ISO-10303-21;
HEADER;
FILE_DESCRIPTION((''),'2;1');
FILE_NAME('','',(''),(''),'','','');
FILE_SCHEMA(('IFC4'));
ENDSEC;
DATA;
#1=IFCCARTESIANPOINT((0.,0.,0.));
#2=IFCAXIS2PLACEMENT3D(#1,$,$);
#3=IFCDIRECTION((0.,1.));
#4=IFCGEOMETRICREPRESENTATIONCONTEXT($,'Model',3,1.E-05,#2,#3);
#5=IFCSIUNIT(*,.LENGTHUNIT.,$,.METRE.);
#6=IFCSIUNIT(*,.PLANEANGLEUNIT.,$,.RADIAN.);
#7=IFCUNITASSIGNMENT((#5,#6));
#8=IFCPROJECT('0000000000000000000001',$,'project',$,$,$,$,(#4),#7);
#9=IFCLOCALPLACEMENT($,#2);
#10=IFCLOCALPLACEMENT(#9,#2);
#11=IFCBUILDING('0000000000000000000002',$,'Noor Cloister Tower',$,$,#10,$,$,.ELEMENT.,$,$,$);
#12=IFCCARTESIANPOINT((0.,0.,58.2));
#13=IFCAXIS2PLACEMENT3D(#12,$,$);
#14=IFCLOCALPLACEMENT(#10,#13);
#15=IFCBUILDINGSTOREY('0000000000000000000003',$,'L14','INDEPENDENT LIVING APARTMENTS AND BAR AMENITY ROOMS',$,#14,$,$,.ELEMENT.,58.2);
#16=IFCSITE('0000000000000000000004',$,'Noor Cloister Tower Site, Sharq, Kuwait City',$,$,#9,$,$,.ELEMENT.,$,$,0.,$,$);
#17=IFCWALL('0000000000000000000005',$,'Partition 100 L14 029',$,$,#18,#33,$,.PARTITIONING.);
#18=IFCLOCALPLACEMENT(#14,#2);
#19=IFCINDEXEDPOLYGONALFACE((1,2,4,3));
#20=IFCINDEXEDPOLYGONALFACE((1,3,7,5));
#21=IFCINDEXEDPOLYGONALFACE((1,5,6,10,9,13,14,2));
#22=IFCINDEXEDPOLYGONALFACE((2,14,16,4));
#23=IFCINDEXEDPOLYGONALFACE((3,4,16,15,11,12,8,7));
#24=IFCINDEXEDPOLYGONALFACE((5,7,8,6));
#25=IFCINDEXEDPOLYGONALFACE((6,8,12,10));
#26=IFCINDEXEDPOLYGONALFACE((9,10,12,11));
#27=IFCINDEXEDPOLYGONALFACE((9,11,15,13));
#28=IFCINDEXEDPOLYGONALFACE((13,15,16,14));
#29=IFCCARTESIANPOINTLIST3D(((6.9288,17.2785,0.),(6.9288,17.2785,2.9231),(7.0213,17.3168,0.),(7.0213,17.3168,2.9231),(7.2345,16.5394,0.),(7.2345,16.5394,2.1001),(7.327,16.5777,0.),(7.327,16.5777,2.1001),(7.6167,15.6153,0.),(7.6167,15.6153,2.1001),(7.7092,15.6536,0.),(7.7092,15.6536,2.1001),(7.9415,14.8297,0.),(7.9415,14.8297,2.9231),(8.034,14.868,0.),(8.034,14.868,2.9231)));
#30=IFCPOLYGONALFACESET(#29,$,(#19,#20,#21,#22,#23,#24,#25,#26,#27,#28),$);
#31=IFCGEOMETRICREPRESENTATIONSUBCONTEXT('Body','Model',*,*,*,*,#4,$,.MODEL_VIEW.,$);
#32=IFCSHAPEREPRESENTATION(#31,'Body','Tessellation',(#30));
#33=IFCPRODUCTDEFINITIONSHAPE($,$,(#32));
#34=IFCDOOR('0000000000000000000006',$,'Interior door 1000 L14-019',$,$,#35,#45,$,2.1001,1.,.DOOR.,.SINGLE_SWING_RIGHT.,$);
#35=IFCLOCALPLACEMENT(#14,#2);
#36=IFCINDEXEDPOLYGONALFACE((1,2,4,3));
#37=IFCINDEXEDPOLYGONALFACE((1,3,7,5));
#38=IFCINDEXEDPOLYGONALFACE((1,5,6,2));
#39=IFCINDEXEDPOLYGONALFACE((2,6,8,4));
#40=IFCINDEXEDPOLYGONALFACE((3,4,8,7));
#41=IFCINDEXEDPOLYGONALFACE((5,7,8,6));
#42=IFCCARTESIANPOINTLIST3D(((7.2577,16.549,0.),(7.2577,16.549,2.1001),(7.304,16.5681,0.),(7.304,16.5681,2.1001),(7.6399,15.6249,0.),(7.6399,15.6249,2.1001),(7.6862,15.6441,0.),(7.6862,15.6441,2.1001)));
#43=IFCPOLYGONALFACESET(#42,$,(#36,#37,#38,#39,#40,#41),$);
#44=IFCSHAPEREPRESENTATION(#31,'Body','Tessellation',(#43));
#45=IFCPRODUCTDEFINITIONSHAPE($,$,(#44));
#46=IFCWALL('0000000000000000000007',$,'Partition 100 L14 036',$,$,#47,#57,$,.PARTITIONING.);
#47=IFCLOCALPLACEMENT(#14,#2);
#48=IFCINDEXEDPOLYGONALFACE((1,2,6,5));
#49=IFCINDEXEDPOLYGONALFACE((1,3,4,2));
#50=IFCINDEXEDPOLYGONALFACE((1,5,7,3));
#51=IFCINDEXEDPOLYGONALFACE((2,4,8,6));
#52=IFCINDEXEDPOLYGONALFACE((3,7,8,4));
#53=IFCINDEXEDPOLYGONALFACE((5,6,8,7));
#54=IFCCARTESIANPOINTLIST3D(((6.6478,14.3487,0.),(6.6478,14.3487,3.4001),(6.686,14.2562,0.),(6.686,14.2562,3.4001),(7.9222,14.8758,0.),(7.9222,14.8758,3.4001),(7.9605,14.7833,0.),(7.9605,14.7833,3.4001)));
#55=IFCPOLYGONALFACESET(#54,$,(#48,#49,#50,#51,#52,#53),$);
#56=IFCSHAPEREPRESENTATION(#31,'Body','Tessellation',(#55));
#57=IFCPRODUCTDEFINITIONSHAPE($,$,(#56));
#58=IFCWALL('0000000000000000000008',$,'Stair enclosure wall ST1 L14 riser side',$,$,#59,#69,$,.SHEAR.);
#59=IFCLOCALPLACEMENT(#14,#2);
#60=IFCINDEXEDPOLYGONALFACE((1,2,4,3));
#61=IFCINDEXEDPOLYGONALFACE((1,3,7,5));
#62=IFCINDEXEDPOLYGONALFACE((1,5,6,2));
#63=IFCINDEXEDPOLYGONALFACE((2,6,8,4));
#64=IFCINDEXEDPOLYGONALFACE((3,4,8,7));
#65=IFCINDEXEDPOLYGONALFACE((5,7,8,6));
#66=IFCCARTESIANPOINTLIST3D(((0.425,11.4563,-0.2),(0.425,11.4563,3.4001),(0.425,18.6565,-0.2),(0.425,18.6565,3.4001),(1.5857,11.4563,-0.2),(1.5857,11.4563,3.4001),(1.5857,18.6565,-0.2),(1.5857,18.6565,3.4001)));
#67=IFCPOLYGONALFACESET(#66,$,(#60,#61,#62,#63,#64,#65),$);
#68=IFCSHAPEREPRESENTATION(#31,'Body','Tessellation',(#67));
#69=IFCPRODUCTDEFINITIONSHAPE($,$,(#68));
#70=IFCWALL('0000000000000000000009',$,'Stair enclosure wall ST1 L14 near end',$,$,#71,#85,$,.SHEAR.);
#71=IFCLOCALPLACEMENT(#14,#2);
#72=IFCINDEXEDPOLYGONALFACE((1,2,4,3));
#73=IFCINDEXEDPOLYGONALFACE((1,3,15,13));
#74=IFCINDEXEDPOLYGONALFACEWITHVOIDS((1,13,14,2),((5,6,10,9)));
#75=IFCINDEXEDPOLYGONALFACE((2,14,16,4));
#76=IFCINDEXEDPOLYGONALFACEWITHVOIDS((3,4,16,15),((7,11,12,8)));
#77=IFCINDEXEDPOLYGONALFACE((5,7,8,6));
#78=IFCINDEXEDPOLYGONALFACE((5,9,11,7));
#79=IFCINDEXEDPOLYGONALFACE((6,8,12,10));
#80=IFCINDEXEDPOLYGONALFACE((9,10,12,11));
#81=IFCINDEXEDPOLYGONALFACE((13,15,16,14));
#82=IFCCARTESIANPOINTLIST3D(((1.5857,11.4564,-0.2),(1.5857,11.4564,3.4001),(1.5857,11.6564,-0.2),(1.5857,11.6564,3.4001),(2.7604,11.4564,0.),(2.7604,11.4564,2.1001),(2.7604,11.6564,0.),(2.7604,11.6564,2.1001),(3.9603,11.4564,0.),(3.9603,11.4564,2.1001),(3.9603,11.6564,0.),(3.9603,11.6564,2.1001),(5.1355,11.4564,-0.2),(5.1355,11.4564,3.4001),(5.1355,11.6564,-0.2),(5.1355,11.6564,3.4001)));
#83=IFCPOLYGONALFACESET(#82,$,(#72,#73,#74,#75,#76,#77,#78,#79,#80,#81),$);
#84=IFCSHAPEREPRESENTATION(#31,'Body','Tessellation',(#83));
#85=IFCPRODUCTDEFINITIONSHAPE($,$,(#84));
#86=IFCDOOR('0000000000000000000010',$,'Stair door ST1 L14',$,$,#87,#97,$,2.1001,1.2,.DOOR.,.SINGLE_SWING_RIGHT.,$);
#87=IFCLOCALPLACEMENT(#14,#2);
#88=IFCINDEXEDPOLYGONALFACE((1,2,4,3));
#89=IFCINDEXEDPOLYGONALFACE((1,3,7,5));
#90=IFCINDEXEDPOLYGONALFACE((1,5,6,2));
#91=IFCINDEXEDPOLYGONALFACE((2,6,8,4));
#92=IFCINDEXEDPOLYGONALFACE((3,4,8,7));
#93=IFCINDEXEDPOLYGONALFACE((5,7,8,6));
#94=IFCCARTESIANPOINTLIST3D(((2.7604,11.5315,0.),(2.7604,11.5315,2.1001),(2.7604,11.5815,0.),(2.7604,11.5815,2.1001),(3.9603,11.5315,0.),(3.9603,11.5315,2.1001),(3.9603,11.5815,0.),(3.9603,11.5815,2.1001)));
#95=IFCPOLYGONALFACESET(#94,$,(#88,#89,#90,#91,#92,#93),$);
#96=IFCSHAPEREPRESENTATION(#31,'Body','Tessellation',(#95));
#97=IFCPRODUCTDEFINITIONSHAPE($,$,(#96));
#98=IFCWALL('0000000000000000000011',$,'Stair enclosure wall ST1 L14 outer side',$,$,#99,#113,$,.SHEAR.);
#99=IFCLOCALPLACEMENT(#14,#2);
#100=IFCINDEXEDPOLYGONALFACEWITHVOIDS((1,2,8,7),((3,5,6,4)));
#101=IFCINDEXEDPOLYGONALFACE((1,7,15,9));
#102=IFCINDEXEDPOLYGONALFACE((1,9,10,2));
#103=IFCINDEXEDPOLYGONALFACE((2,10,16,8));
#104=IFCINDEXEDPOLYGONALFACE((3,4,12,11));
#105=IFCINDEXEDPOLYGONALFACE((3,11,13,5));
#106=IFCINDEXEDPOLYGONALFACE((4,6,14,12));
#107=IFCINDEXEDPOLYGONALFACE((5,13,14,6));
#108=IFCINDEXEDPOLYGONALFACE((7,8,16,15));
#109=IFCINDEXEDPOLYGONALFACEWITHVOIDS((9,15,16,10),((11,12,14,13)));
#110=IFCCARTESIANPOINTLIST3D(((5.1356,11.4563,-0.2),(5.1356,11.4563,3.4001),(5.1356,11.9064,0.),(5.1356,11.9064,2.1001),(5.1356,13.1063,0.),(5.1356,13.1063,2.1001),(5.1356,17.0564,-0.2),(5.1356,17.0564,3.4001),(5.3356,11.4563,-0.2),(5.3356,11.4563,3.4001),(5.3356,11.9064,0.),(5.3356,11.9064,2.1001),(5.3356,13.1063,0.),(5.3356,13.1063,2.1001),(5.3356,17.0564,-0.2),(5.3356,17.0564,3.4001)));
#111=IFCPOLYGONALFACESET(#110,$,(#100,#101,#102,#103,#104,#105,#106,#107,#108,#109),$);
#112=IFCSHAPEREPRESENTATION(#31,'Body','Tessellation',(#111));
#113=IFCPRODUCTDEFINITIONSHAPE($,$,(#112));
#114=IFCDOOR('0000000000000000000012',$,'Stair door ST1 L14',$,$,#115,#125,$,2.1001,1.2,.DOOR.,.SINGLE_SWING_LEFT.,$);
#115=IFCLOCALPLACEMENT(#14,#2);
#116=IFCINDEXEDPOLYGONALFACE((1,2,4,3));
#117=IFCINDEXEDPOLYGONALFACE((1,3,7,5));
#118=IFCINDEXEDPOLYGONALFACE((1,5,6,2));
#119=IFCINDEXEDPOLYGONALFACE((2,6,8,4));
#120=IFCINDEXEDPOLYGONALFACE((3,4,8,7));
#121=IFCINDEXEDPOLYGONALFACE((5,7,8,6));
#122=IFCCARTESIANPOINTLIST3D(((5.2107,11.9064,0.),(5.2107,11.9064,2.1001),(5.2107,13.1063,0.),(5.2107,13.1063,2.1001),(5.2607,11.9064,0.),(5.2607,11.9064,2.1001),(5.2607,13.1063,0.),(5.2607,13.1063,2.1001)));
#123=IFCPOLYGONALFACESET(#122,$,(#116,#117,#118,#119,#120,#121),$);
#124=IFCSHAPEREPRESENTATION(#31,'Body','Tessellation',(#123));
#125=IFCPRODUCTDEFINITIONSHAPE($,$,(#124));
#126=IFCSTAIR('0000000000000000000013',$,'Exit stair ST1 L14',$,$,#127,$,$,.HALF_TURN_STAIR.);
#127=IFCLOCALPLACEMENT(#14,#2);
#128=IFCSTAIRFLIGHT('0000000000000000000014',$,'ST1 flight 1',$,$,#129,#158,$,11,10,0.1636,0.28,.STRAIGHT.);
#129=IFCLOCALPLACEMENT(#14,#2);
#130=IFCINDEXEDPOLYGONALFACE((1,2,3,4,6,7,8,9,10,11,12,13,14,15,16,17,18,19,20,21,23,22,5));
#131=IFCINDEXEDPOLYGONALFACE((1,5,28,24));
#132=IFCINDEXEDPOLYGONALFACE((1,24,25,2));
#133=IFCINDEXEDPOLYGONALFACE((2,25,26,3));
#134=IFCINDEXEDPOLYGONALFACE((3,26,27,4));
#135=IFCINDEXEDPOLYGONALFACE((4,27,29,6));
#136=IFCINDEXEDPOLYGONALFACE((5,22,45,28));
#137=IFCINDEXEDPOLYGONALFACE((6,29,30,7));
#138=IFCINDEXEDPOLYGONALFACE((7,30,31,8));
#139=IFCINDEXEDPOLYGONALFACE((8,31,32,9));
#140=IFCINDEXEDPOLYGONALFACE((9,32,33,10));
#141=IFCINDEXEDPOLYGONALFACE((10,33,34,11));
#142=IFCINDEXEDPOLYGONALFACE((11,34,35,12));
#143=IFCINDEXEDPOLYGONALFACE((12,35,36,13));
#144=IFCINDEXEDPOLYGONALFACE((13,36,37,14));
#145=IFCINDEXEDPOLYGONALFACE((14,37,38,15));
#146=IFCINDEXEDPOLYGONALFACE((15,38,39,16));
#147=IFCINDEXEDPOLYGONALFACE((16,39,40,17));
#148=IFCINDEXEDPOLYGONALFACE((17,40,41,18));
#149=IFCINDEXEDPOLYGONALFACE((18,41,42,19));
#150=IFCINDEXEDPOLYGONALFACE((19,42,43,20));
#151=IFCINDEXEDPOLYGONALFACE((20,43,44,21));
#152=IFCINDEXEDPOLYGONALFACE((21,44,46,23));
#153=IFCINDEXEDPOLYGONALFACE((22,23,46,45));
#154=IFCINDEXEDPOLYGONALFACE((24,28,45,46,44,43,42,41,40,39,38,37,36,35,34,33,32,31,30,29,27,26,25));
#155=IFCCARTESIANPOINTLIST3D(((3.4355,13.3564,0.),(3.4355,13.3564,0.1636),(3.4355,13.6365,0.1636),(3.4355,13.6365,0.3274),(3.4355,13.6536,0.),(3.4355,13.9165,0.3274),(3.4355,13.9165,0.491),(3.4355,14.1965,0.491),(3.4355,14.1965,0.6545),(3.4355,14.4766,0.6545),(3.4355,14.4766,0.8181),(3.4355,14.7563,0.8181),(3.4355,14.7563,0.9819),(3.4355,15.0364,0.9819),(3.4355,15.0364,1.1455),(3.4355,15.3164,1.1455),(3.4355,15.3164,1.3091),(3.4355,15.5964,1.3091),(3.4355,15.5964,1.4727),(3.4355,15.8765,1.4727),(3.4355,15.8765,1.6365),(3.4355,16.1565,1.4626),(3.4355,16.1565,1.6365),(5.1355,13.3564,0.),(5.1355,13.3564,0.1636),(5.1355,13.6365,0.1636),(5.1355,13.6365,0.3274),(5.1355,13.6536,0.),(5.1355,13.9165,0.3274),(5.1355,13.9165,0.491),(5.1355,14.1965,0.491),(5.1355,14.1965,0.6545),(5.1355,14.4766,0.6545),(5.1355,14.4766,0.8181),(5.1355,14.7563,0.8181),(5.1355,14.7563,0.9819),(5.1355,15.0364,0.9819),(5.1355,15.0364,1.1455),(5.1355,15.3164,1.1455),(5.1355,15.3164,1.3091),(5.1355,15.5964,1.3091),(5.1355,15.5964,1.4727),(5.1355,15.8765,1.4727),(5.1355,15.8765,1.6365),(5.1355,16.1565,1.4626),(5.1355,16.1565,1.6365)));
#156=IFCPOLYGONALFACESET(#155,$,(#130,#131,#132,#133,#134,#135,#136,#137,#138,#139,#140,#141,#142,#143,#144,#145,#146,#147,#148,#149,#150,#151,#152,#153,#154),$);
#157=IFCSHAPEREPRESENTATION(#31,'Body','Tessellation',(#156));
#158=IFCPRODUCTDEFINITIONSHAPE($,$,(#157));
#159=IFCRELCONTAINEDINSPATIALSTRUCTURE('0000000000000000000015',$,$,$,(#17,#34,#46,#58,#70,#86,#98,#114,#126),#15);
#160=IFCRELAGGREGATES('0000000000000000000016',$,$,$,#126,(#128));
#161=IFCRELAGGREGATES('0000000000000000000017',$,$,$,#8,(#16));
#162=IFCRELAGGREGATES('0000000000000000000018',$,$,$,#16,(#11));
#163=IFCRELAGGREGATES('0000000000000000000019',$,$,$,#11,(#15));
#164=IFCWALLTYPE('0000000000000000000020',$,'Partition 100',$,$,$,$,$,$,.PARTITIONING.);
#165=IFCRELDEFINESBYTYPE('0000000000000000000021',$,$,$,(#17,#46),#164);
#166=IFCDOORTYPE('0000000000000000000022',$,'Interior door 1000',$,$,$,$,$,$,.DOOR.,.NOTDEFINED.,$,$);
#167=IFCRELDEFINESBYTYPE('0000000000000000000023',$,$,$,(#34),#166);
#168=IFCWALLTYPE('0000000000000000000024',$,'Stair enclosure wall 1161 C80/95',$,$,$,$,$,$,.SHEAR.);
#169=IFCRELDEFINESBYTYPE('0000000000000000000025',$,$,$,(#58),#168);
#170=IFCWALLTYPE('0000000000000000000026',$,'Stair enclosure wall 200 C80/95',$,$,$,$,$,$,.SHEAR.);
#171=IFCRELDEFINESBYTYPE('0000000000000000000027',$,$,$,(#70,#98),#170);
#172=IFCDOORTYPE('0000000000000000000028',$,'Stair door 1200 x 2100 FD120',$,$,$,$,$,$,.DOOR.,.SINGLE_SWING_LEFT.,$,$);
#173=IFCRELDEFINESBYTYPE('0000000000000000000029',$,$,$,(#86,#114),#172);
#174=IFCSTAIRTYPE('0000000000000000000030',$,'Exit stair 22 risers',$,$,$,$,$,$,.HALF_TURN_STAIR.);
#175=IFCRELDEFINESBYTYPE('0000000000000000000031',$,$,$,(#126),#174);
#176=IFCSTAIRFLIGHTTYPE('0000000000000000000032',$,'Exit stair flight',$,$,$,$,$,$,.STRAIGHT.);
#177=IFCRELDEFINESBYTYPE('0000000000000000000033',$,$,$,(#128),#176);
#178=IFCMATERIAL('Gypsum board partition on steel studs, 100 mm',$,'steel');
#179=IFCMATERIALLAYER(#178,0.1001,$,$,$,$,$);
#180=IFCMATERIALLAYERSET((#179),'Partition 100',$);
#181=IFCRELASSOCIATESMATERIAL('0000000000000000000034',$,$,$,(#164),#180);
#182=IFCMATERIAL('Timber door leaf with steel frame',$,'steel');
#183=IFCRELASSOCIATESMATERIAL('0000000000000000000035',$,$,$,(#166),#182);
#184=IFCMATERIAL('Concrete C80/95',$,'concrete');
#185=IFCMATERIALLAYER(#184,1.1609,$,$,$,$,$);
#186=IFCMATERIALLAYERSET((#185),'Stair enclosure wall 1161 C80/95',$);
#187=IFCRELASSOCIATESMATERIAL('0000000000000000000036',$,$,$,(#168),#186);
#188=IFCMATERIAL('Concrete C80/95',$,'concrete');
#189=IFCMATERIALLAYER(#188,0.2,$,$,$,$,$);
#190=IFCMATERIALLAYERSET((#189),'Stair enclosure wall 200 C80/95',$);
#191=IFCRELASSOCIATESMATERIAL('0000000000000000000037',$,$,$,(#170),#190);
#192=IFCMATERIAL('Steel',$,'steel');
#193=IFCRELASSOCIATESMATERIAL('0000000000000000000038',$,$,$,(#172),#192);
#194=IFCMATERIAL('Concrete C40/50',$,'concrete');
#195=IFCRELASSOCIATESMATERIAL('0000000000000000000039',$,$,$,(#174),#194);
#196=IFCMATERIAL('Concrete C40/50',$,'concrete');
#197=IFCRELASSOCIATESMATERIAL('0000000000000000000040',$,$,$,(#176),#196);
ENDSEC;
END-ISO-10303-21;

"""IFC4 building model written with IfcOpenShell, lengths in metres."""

from ifc_helpers import new_model, si_unit, direction, frame, frame_2d, origin, place, context, subcontext, project, spatial, polyline, rectangle, outline, extrude, material, layer, layer_set, type_object, element, fill, aggregate, save


model = new_model("IFC4")

# Units and contexts
model_context = context("Model", 3, precision=1e-05, world=origin(), true_north=direction((0.0, 1.0)))
body_context = subcontext(model_context, "Body", "Model", "MODEL_VIEW")
ifc_project = project(units=[si_unit("LENGTHUNIT", "METRE"), si_unit("PLANEANGLEUNIT", "RADIAN")], contexts=[model_context])

# Site, building, storey
site_placement = place(None, origin())
site = spatial("IfcSite", under=ifc_project, at=site_placement, Name="Noor Cloister Tower Site, Sharq, Kuwait City", CompositionType="ELEMENT", RefElevation=0.0)
building_placement = place(site_placement, origin())
building = spatial("IfcBuilding", under=site, at=building_placement, Name="Noor Cloister Tower", CompositionType="ELEMENT")
storey_placement = place(building_placement, frame((0.0, 0.0, 58.2)))
storey = spatial("IfcBuildingStorey", under=building, at=storey_placement, Name="L14", Description="INDEPENDENT LIVING APARTMENTS AND BAR AMENITY ROOMS", CompositionType="ELEMENT", Elevation=58.2)

# Wall, opening, door
ifc_material_1 = material(Name="Gypsum board partition on steel studs, 100 mm", Category="steel")
ifc_layer_1 = layer(ifc_material_1, 0.1001)
ifc_layer_set_1 = layer_set([ifc_layer_1], Name="Partition 100")
wall_type_1 = type_object("IfcWallType", Name="Partition 100", PredefinedType="PARTITIONING", material=ifc_layer_set_1)
wall_1_placement = place(storey_placement, frame((7.9878, 14.8489, 0.0), z_axis=(0.0, 0.0, 1.0), x_axis=(-0.382167, 0.924093, 0.0)))
wall_1 = element("IfcWall", 1, at=wall_1_placement, inside=storey, type_object=wall_type_1, Name="Partition 100 L14 029", PredefinedType="PARTITIONING", context=body_context, shape_type="SweptSolid", body=[
    extrude(rectangle(XDim=2.6499, YDim=0.1001, at=frame_2d((1.325, 0.0))), origin(), (0.0, 0.0, 1.0), 2.9231),
])
opening_1_placement = place(wall_1_placement, frame((0.8501, 0.0, 0.0)))
opening_1 = element("IfcOpeningElement", 2, at=opening_1_placement, cuts=wall_1, PredefinedType="OPENING", context=body_context, shape_type="SweptSolid", body=[
    extrude(rectangle(XDim=1.0, YDim=2.1001, at=frame_2d((0.5, 1.05))), frame((0.0, 0.0601, 0.0), z_axis=(0.0, -1.0, 0.0), x_axis=(1.0, 0.0, 0.0)), (0.0, 0.0, 1.0), 0.1201),
])
ifc_material_2 = material(Name="Timber door leaf with steel frame", Category="steel")
door_type_1 = type_object("IfcDoorType", Name="Interior door 1000", OperationType="NOTDEFINED", PredefinedType="DOOR", material=ifc_material_2)
door_1_placement = place(opening_1_placement, origin())
door_1 = element("IfcDoor", 3, at=door_1_placement, inside=storey, type_object=door_type_1, Name="Interior door 1000 L14-019", OperationType="SINGLE_SWING_RIGHT", OverallHeight=2.1001, OverallWidth=1.0, PredefinedType="DOOR", context=body_context, shape_type="SweptSolid", body=[
    extrude(rectangle(XDim=1.0, YDim=2.1001, at=frame_2d((0.5, 1.05))), frame((0.0, 0.0249, 0.0), z_axis=(0.0, -1.0, 0.0), x_axis=(1.0, 0.0, 0.0)), (0.0, 0.0, 1.0), 0.05),
])
fill(opening_1, door_1)

# Walls
wall_2_placement = place(storey_placement, frame((6.667, 14.3025, 0.0), z_axis=(0.0, 0.0, 1.0), x_axis=(0.924079, 0.382201, 0.0)))
element("IfcWall", 4, at=wall_2_placement, inside=storey, type_object=wall_type_1, Name="Partition 100 L14 036", PredefinedType="PARTITIONING", context=body_context, shape_type="SweptSolid", body=[
    extrude(rectangle(XDim=1.3792, YDim=0.1001, at=frame_2d((0.6895, 0.0))), origin(), (0.0, 0.0, 1.0), 3.4001),
])
ifc_material_3 = material(Name="Concrete C80/95", Category="concrete")
ifc_layer_2 = layer(ifc_material_3, 1.1609)
ifc_layer_set_2 = layer_set([ifc_layer_2], Name="Stair enclosure wall 1161 C80/95")
wall_type_2 = type_object("IfcWallType", Name="Stair enclosure wall 1161 C80/95", PredefinedType="SHEAR", material=ifc_layer_set_2)
wall_3_placement = place(storey_placement, frame((1.0054, 11.4563, -0.2), z_axis=(0.0, 0.0, 1.0), x_axis=(0.0, 1.0, 0.0)))
element("IfcWall", 5, at=wall_3_placement, inside=storey, type_object=wall_type_2, Name="Stair enclosure wall ST1 L14 riser side", PredefinedType="SHEAR", context=body_context, shape_type="SweptSolid", body=[
    extrude(rectangle(XDim=7.2002, YDim=1.1606, at=frame_2d((3.6001, 0.0))), origin(), (0.0, 0.0, 1.0), 3.6001),
])

# Walls, openings, doors
ifc_material_4 = material(Name="Concrete C80/95", Category="concrete")
ifc_layer_3 = layer(ifc_material_4, 0.2)
ifc_layer_set_3 = layer_set([ifc_layer_3], Name="Stair enclosure wall 200 C80/95")
wall_type_3 = type_object("IfcWallType", Name="Stair enclosure wall 200 C80/95", PredefinedType="SHEAR", material=ifc_layer_set_3)
wall_4_placement = place(storey_placement, frame((5.1355, 11.5564, -0.2), z_axis=(0.0, 0.0, 1.0), x_axis=(-1.0, 0.0, 0.0)))
wall_4 = element("IfcWall", 6, at=wall_4_placement, inside=storey, type_object=wall_type_3, Name="Stair enclosure wall ST1 L14 near end", PredefinedType="SHEAR", context=body_context, shape_type="SweptSolid", body=[
    extrude(rectangle(XDim=3.5498, YDim=0.2, at=frame_2d((1.7749, 0.0))), origin(), (0.0, 0.0, 1.0), 3.6001),
])
opening_2_placement = place(wall_4_placement, frame((1.175, 0.0, 0.2)))
opening_2 = element("IfcOpeningElement", 7, at=opening_2_placement, cuts=wall_4, PredefinedType="OPENING", context=body_context, shape_type="SweptSolid", body=[
    extrude(rectangle(XDim=1.2, YDim=2.1001, at=frame_2d((0.6001, 1.05))), frame((0.0, 0.1099, 0.0), z_axis=(0.0, -1.0, 0.0), x_axis=(1.0, 0.0, 0.0)), (0.0, 0.0, 1.0), 0.22),
])
ifc_material_5 = material(Name="Steel", Category="steel")
door_type_2 = type_object("IfcDoorType", Name="Stair door 1200 x 2100 FD120", OperationType="SINGLE_SWING_LEFT", PredefinedType="DOOR", material=ifc_material_5)
door_2_placement = place(opening_2_placement, origin())
door_2 = element("IfcDoor", 8, at=door_2_placement, inside=storey, type_object=door_type_2, Name="Stair door ST1 L14", OperationType="SINGLE_SWING_RIGHT", OverallHeight=2.1001, OverallWidth=1.2, PredefinedType="DOOR", context=body_context, shape_type="SweptSolid", body=[
    extrude(rectangle(XDim=1.2, YDim=2.1001, at=frame_2d((0.6001, 1.05))), frame((0.0, 0.0249, 0.0), z_axis=(0.0, -1.0, 0.0), x_axis=(1.0, 0.0, 0.0)), (0.0, 0.0, 1.0), 0.05),
])
fill(opening_2, door_2)
wall_5_placement = place(storey_placement, frame((5.2356, 11.4563, -0.2), z_axis=(0.0, 0.0, 1.0), x_axis=(0.0, 1.0, 0.0)))
wall_5 = element("IfcWall", 9, at=wall_5_placement, inside=storey, type_object=wall_type_3, Name="Stair enclosure wall ST1 L14 outer side", PredefinedType="SHEAR", context=body_context, shape_type="SweptSolid", body=[
    extrude(rectangle(XDim=5.6001, YDim=0.2, at=frame_2d((2.8, 0.0))), origin(), (0.0, 0.0, 1.0), 3.6001),
])
opening_3_placement = place(wall_5_placement, frame((0.45, 0.0, 0.2)))
opening_3 = element("IfcOpeningElement", 10, at=opening_3_placement, cuts=wall_5, PredefinedType="OPENING", context=body_context, shape_type="SweptSolid", body=[
    extrude(rectangle(XDim=1.2, YDim=2.1001, at=frame_2d((0.6001, 1.05))), frame((0.0, 0.1099, 0.0), z_axis=(0.0, -1.0, 0.0), x_axis=(1.0, 0.0, 0.0)), (0.0, 0.0, 1.0), 0.22),
])
door_3_placement = place(opening_3_placement, origin())
door_3 = element("IfcDoor", 11, at=door_3_placement, inside=storey, type_object=door_type_2, Name="Stair door ST1 L14", OperationType="SINGLE_SWING_LEFT", OverallHeight=2.1001, OverallWidth=1.2, PredefinedType="DOOR", context=body_context, shape_type="SweptSolid", body=[
    extrude(rectangle(XDim=1.2, YDim=2.1001, at=frame_2d((0.6001, 1.05))), frame((0.0, 0.0249, 0.0), z_axis=(0.0, -1.0, 0.0), x_axis=(1.0, 0.0, 0.0)), (0.0, 0.0, 1.0), 0.05),
])
fill(opening_3, door_3)

# Stair, stair flight
ifc_material_6 = material(Name="Concrete C40/50", Category="concrete")
stair_type = type_object("IfcStairType", Name="Exit stair 22 risers", PredefinedType="HALF_TURN_STAIR", material=ifc_material_6)
stair_placement = place(storey_placement, origin())
stair = element("IfcStair", 12, at=stair_placement, inside=storey, type_object=stair_type, Name="Exit stair ST1 L14", PredefinedType="HALF_TURN_STAIR")
ifc_material_7 = material(Name="Concrete C40/50", Category="concrete")
stair_flight_type = type_object("IfcStairFlightType", Name="Exit stair flight", PredefinedType="STRAIGHT", material=ifc_material_7)
stair_flight_placement = place(storey_placement, frame((4.2856, 13.3564, 0.0), z_axis=(0.0, 0.0, 1.0), x_axis=(0.0, 1.0, 0.0)))
stair_flight = element("IfcStairFlight", 13, at=stair_flight_placement, type_object=stair_flight_type, Name="ST1 flight 1", NumberOfRisers=11, NumberOfTreads=10, PredefinedType="STRAIGHT", RiserHeight=0.1636, TreadLength=0.28, context=body_context, shape_type="SweptSolid", body=[
    extrude(outline(polyline([(0.0, 0.0), (0.0, 0.1636), (0.28, 0.1636), (0.28, 0.3274), (0.5601, 0.3274), (0.5601, 0.491), (0.8401, 0.491), (0.8401, 0.6545), (1.1201, 0.6545), (1.1201, 0.8181), (1.3999, 0.8181), (1.3999, 0.9819), (1.6799, 0.9819), (1.6799, 1.1455), (1.96, 1.1455), (1.96, 1.3091), (2.24, 1.3091), (2.24, 1.4727), (2.52, 1.4727), (2.52, 1.6365), (2.8, 1.6365), (2.8, 1.8), (2.8, 1.4626), (0.2971, 0.0), (0.0, 0.0)])), frame((0.0, 0.8501, 0.0), z_axis=(0.0, -1.0, 0.0), x_axis=(1.0, 0.0, 0.0)), (0.0, 0.0, 1.0), 1.7),
])
aggregate(stair, [stair_flight])

save(model, "model.ifc")
